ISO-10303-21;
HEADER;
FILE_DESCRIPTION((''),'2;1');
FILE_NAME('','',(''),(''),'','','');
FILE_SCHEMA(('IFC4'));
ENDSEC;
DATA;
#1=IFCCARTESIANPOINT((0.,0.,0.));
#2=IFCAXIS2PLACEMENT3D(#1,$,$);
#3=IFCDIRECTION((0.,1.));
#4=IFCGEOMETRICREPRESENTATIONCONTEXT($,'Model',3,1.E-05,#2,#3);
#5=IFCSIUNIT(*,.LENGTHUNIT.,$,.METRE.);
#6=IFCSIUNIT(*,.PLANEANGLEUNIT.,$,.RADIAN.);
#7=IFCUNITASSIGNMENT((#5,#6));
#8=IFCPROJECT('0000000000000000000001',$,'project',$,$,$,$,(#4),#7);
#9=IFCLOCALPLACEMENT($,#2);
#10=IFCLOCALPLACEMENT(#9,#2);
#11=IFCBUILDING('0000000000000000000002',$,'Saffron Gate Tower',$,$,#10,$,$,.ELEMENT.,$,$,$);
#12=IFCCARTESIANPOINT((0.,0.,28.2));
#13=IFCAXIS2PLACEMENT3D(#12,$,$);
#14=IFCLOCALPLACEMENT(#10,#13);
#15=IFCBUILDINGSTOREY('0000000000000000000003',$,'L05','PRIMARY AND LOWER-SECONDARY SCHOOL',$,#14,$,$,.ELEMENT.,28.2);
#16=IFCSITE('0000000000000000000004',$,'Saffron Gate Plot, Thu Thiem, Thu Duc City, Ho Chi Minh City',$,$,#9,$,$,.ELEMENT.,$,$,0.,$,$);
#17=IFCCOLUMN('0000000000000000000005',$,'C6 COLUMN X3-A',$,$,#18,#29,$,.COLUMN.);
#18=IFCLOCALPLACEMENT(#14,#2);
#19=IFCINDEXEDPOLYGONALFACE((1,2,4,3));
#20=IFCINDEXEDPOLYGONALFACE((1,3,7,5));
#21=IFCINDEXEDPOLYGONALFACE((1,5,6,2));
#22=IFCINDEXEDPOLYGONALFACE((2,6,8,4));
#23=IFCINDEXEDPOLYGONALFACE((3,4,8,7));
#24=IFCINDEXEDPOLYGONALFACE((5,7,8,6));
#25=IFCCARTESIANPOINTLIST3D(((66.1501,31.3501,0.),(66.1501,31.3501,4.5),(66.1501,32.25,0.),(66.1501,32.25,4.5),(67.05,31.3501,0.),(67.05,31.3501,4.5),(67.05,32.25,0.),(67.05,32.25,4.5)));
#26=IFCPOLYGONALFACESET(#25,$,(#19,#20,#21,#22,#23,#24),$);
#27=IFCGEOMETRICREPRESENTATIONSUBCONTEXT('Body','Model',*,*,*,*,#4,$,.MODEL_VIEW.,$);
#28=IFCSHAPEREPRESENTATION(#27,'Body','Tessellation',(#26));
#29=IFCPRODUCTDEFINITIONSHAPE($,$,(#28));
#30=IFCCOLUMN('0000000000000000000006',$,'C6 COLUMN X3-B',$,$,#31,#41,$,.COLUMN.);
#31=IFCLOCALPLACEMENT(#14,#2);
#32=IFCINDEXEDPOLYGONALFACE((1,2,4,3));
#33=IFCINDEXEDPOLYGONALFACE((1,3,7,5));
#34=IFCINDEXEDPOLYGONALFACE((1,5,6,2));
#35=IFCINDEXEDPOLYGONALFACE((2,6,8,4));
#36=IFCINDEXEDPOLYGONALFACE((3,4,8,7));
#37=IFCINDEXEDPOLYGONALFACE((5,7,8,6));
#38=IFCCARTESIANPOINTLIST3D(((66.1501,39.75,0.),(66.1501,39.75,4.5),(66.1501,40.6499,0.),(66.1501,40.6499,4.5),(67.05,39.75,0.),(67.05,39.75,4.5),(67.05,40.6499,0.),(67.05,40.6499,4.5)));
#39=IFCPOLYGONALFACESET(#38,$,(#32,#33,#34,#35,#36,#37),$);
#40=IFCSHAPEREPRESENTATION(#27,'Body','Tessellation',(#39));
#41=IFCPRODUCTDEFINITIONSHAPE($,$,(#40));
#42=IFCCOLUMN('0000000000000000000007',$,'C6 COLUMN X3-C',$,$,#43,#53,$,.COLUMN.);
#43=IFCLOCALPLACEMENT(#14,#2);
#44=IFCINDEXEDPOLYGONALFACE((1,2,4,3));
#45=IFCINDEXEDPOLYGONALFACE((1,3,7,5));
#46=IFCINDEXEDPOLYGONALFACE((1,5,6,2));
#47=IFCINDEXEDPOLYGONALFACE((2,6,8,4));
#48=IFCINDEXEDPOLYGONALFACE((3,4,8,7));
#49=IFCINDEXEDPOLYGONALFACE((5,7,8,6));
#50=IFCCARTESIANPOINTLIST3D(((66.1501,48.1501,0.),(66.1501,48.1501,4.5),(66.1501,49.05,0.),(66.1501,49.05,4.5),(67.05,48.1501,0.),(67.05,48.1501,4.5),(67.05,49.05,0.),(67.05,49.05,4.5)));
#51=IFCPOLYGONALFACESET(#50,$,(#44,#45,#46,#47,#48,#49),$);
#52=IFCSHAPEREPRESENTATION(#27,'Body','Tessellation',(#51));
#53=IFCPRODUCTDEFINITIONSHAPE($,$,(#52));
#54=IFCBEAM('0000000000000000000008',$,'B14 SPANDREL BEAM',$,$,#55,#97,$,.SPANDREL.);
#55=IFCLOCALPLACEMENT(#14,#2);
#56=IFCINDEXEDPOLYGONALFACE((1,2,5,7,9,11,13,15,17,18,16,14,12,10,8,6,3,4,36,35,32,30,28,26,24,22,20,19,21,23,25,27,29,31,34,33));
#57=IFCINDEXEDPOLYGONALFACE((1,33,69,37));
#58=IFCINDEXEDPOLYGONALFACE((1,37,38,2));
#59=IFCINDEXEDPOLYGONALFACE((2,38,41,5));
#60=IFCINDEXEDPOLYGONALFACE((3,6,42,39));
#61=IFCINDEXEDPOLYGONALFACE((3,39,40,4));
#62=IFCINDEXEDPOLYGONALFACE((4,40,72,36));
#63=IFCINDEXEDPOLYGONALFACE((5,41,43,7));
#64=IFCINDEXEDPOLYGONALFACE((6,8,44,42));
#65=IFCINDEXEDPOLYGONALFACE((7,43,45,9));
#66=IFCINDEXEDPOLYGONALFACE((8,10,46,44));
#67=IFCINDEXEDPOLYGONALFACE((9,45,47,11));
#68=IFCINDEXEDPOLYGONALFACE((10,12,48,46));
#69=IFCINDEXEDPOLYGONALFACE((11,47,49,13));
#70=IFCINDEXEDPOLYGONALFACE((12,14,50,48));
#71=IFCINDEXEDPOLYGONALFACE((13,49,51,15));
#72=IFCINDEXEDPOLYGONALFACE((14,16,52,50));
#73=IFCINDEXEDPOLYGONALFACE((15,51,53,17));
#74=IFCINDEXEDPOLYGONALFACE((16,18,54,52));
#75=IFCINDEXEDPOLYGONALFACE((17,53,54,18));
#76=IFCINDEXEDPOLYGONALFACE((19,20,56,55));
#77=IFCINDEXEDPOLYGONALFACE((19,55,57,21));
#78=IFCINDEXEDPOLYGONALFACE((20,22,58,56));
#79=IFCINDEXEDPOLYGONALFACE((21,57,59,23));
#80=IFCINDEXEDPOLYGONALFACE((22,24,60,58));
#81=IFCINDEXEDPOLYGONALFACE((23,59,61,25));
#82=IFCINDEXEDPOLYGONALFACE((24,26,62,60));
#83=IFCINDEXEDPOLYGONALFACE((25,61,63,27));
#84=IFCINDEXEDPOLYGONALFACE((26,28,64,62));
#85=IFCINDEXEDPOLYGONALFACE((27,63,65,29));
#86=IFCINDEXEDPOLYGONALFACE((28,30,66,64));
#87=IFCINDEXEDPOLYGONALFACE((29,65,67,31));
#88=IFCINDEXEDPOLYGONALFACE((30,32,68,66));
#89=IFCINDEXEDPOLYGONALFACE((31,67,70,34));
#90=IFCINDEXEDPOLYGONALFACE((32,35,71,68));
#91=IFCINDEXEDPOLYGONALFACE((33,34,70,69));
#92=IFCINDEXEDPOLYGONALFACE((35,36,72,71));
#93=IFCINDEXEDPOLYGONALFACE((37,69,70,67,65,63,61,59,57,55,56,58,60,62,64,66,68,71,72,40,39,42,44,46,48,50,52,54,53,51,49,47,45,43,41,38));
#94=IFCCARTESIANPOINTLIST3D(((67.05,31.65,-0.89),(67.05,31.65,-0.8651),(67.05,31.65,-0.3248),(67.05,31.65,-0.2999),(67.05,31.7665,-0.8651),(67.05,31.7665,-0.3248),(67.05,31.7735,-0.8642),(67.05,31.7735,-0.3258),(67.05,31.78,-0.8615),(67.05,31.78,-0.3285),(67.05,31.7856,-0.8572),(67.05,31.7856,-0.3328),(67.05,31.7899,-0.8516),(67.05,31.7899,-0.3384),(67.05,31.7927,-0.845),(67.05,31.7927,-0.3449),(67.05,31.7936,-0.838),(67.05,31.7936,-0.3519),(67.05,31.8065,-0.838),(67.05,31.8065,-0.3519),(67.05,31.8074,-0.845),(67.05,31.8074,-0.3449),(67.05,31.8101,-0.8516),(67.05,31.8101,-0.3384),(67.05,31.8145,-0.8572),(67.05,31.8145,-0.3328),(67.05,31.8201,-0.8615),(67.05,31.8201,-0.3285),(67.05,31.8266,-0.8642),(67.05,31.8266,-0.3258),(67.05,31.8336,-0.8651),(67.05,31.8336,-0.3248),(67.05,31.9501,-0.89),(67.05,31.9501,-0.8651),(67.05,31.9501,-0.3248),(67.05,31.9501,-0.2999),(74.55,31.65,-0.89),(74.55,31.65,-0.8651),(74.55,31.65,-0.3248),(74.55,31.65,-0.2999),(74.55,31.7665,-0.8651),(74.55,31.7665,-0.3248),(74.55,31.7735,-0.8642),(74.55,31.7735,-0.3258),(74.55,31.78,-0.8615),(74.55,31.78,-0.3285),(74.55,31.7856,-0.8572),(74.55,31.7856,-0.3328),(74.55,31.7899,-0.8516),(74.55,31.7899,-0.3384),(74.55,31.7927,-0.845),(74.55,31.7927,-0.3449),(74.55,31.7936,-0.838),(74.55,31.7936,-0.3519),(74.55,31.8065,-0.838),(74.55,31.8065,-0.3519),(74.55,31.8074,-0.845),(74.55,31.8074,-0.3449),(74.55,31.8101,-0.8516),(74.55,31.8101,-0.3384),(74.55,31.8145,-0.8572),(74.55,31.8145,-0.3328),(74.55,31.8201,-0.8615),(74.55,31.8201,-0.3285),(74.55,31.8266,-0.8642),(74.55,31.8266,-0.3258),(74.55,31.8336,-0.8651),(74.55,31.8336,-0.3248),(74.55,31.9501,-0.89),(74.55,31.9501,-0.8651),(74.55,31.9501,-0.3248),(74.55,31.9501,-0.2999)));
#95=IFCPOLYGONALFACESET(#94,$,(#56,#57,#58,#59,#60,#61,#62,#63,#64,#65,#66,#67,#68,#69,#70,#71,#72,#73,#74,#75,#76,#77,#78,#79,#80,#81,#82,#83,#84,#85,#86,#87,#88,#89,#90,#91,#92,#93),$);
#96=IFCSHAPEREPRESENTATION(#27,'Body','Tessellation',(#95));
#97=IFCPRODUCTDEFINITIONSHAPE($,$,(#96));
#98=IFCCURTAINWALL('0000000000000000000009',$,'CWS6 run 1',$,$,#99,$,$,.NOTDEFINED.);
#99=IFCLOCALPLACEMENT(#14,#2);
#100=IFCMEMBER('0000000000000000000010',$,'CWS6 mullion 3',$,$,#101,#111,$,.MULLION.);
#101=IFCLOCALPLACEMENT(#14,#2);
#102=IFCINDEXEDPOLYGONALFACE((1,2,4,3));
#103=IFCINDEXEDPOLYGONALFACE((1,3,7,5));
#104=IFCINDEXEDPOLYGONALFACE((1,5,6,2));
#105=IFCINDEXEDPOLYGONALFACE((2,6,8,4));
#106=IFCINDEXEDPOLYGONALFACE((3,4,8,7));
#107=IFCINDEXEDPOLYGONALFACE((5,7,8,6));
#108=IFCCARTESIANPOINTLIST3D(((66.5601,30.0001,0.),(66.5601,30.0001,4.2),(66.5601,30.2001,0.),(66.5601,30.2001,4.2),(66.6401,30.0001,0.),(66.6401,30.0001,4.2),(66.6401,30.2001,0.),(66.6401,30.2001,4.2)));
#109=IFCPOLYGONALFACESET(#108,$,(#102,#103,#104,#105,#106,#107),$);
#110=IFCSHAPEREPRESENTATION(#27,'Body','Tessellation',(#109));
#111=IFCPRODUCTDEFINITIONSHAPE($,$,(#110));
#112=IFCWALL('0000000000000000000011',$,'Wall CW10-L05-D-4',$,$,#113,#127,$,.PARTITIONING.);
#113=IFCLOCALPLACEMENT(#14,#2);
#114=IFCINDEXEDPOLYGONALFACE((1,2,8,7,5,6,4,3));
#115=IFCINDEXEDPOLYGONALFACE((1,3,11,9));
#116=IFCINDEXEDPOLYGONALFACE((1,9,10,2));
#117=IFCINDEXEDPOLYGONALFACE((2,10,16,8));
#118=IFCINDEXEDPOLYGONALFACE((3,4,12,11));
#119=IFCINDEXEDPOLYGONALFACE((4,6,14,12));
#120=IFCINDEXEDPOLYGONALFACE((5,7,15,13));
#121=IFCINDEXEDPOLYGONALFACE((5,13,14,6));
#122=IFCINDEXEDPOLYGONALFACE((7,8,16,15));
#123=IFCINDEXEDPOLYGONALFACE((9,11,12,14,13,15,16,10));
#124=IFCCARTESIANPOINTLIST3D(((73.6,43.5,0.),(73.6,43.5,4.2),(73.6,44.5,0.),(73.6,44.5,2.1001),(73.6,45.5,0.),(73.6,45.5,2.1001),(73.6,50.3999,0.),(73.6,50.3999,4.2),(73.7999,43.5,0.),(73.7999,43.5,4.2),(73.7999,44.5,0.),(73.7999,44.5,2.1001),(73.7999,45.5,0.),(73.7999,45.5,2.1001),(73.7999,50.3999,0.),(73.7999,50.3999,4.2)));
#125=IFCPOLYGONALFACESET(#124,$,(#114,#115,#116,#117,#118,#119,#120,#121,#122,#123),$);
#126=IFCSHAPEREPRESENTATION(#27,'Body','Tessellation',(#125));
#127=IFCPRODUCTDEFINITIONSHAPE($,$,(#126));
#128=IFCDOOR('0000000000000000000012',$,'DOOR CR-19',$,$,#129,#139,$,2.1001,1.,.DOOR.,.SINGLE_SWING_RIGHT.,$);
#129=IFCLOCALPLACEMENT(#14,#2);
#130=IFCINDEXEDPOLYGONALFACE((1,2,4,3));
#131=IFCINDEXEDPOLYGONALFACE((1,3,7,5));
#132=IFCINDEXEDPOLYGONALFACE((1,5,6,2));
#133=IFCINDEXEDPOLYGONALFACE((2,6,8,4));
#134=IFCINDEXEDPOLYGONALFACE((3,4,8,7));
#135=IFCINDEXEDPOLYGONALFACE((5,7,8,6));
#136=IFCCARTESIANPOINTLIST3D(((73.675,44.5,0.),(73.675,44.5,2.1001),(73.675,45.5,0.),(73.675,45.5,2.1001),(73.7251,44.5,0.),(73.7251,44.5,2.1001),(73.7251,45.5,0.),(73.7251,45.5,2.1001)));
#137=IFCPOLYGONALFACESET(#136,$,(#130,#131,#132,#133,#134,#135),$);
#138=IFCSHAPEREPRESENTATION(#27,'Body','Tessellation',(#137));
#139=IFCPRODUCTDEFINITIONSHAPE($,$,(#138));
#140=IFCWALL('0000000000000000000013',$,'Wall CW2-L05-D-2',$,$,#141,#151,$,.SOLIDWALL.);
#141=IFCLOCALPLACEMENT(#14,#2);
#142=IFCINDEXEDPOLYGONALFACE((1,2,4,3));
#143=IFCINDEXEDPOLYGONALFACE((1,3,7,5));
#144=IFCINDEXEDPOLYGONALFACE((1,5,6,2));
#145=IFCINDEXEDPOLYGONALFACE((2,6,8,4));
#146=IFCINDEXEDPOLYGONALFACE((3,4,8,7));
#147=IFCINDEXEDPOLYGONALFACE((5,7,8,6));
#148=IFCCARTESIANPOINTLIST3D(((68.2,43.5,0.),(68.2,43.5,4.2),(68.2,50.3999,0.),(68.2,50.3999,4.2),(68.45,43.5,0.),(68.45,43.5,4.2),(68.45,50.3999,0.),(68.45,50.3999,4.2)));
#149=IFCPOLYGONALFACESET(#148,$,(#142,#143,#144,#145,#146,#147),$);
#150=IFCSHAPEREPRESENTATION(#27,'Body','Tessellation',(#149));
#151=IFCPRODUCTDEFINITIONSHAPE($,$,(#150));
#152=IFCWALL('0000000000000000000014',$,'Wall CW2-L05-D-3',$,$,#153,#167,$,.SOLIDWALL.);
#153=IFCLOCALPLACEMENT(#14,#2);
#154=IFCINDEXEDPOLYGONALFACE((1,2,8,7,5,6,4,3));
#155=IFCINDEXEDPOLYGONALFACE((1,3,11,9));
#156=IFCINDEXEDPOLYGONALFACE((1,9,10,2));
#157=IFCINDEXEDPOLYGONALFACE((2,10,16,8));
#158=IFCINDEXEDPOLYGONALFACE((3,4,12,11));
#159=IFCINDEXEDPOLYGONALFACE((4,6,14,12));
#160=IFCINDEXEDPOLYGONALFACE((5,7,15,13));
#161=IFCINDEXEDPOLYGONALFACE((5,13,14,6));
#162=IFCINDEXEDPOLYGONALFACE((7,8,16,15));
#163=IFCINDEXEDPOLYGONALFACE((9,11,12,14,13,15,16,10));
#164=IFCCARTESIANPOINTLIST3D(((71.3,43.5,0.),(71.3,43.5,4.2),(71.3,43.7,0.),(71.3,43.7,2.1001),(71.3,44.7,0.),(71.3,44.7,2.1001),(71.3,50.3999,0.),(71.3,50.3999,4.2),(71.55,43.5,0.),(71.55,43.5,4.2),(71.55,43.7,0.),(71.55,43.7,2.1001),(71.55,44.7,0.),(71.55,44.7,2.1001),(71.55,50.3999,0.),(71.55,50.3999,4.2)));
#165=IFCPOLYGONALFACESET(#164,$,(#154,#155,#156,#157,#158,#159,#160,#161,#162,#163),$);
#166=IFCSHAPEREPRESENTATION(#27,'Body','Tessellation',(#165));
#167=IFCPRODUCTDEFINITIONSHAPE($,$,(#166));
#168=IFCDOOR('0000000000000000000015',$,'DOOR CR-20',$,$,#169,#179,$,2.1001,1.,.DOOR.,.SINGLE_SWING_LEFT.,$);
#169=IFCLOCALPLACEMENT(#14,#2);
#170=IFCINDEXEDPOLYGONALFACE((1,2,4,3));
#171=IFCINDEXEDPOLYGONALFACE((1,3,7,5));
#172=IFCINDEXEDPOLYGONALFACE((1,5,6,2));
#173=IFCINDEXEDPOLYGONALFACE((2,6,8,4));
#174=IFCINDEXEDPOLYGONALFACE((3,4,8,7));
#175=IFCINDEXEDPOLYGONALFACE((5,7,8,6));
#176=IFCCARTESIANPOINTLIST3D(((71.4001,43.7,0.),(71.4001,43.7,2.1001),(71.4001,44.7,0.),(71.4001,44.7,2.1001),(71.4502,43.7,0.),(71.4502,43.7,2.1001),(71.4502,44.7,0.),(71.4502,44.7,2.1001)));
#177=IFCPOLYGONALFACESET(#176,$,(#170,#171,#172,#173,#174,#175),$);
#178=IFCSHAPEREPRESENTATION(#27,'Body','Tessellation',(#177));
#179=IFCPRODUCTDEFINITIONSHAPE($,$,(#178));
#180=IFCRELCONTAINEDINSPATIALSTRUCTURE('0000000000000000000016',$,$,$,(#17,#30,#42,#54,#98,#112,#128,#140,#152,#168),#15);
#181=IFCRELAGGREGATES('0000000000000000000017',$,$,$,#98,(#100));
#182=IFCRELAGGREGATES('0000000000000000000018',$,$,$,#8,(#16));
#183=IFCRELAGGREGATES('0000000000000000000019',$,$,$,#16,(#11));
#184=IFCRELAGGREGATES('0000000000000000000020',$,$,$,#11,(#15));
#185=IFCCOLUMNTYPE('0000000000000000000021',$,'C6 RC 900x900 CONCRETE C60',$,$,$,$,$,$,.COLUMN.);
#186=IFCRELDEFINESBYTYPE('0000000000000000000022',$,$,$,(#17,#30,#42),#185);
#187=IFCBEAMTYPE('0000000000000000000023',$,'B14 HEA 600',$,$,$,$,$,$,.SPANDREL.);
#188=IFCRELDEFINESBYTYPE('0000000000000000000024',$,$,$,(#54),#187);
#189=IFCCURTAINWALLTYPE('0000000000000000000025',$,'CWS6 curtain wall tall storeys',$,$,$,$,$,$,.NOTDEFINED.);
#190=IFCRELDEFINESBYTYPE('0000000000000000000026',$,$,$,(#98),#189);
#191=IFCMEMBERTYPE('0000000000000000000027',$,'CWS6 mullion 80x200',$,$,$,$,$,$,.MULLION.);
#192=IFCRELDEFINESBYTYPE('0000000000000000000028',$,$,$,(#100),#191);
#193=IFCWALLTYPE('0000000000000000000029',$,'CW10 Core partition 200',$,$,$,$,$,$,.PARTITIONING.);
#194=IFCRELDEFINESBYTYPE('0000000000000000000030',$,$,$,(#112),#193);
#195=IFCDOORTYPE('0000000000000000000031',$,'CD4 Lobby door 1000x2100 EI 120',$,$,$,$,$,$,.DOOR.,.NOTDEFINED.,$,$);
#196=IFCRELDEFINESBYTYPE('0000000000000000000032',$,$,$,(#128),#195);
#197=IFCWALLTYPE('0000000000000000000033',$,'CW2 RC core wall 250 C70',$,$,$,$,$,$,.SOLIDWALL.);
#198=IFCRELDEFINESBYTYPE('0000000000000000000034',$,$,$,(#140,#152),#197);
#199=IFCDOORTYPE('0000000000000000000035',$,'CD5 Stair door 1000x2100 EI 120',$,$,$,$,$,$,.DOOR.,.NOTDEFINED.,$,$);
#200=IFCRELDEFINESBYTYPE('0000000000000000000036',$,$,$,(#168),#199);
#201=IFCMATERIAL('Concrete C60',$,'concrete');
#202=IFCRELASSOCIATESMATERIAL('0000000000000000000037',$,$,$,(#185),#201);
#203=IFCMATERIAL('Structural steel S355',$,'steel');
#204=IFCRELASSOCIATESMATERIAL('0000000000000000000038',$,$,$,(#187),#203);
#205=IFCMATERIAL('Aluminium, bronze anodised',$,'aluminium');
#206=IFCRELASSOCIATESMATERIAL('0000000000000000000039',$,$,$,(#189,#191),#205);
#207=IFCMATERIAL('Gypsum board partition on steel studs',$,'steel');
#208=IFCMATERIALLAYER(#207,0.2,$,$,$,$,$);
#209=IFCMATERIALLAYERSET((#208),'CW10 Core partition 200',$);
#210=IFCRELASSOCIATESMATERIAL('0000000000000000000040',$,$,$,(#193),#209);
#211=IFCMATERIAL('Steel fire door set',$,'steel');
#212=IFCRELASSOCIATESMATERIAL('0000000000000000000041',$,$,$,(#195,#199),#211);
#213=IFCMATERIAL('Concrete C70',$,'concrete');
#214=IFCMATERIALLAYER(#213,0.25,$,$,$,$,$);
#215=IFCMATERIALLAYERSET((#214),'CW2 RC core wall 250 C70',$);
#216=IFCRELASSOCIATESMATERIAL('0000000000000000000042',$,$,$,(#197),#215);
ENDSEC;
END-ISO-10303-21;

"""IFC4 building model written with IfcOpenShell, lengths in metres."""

from ifc_helpers import new_model, si_unit, direction, frame, frame_2d, origin, origin_2d, place, context, subcontext, project, spatial, rectangle, i_section, extrude, material, layer, layer_set, material_profile, profile_set, type_object, element, fill, aggregate, save


model = new_model("IFC4")

# Units and contexts
model_context = context("Model", 3, precision=1e-05, world=origin(), true_north=direction((0.0, 1.0)))
body_context = subcontext(model_context, "Body", "Model", "MODEL_VIEW")
ifc_project = project(units=[si_unit("LENGTHUNIT", "METRE"), si_unit("PLANEANGLEUNIT", "RADIAN")], contexts=[model_context])

# Site, building, storey
site_placement = place(None, origin())
site = spatial("IfcSite", under=ifc_project, at=site_placement, Name="Saffron Gate Plot, Thu Thiem, Thu Duc City, Ho Chi Minh City", CompositionType="ELEMENT", RefElevation=0.0)
building_placement = place(site_placement, origin())
building = spatial("IfcBuilding", under=site, at=building_placement, Name="Saffron Gate Tower", CompositionType="ELEMENT")
storey_placement = place(building_placement, frame((0.0, 0.0, 28.2)))
storey = spatial("IfcBuildingStorey", under=building, at=storey_placement, Name="L05", Description="PRIMARY AND LOWER-SECONDARY SCHOOL", CompositionType="ELEMENT", Elevation=28.2)

# Columns
ifc_material_1 = material(Name="Concrete C60", Category="concrete")
ifc_material_profile_1 = material_profile(ifc_material_1, rectangle(XDim=0.8999, YDim=0.8999, at=origin_2d()))
ifc_profile_set_1 = profile_set([ifc_material_profile_1], Name="Concrete C60")
column_type = type_object("IfcColumnType", Name="C6 RC 900x900 CONCRETE C60", PredefinedType="COLUMN", material=ifc_profile_set_1)
for number, where, z_axis, x_axis, name in (
    (1, (66.6001, 31.8, 0.0), (0.0, 0.0, 1.0), (1.0, 0.0, 0.0), "C6 COLUMN X3-A"),
    (2, (66.6001, 40.2, 0.0), (0.0, 0.0, 1.0), (1.0, 0.0, 0.0), "C6 COLUMN X3-B"),
    (3, (66.6001, 48.6001, 0.0), (0.0, 0.0, 1.0), (1.0, 0.0, 0.0), "C6 COLUMN X3-C"),
):
    element("IfcColumn", number, at=place(storey_placement, frame(where, z_axis=z_axis, x_axis=x_axis)), inside=storey, type_object=column_type, Name=name, PredefinedType="COLUMN", context=body_context, shape_type="SweptSolid", body=[
        extrude(rectangle(XDim=0.8999, YDim=0.8999, at=origin_2d()), origin(), (0.0, 0.0, 1.0), 4.5),
    ])

# Beam
ifc_material_2 = material(Name="Structural steel S355", Category="steel")
ifc_material_profile_2 = material_profile(ifc_material_2, i_section(OverallWidth=0.3, OverallDepth=0.5901, WebThickness=0.0129, FlangeThickness=0.0249, FilletRadius=0.0271, at=origin_2d()))
ifc_profile_set_2 = profile_set([ifc_material_profile_2], Name="Structural steel S355")
beam_type = type_object("IfcBeamType", Name="B14 HEA 600", PredefinedType="SPANDREL", material=ifc_profile_set_2)
beam_placement = place(storey_placement, frame((67.05, 31.8, -0.595), z_axis=(1.0, 0.0, 0.0), x_axis=(0.0, 1.0, 0.0)))
element("IfcBeam", 4, at=beam_placement, inside=storey, type_object=beam_type, Name="B14 SPANDREL BEAM", PredefinedType="SPANDREL", context=body_context, shape_type="SweptSolid", body=[
    extrude(i_section(OverallWidth=0.3, OverallDepth=0.5901, WebThickness=0.0129, FlangeThickness=0.0249, FilletRadius=0.0271, at=origin_2d()), origin(), (0.0, 0.0, 1.0), 7.5),
])

# Curtain wall, member
ifc_material_3 = material(Name="Aluminium, bronze anodised", Category="aluminium")
curtain_wall_type = type_object("IfcCurtainWallType", Name="CWS6 curtain wall tall storeys", PredefinedType="NOTDEFINED", material=ifc_material_3)
curtain_wall_placement = place(storey_placement, origin())
curtain_wall = element("IfcCurtainWall", 5, at=curtain_wall_placement, inside=storey, type_object=curtain_wall_type, Name="CWS6 run 1", PredefinedType="NOTDEFINED")
ifc_material_profile_3 = material_profile(ifc_material_3, rectangle(XDim=0.2, YDim=0.0801, at=origin_2d()))
ifc_profile_set_3 = profile_set([ifc_material_profile_3], Name="Aluminium, bronze anodised")
member_type = type_object("IfcMemberType", Name="CWS6 mullion 80x200", PredefinedType="MULLION", material=ifc_profile_set_3)
member_placement = place(storey_placement, frame((66.6001, 30.1001, 0.0), z_axis=(0.0, 0.0, 1.0), x_axis=(0.0, 1.0, 0.0)))
member = element("IfcMember", 6, at=member_placement, type_object=member_type, Name="CWS6 mullion 3", PredefinedType="MULLION", context=body_context, shape_type="SweptSolid", body=[
    extrude(rectangle(XDim=0.2, YDim=0.0801, at=origin_2d()), origin(), (0.0, 0.0, 1.0), 4.2),
])
aggregate(curtain_wall, [member])

# Wall, opening, door
ifc_material_4 = material(Name="Gypsum board partition on steel studs", Category="steel")
ifc_layer_1 = layer(ifc_material_4, 0.2)
ifc_layer_set_1 = layer_set([ifc_layer_1], Name="CW10 Core partition 200")
wall_type_1 = type_object("IfcWallType", Name="CW10 Core partition 200", PredefinedType="PARTITIONING", material=ifc_layer_set_1)
wall_1_placement = place(storey_placement, frame((73.7, 43.5, 0.0), z_axis=(0.0, 0.0, 1.0), x_axis=(0.0, 1.0, 0.0)))
wall_1 = element("IfcWall", 7, at=wall_1_placement, inside=storey, type_object=wall_type_1, Name="Wall CW10-L05-D-4", PredefinedType="PARTITIONING", context=body_context, shape_type="SweptSolid", body=[
    extrude(rectangle(XDim=6.8999, YDim=0.2, at=frame_2d((3.45, 0.0))), origin(), (0.0, 0.0, 1.0), 4.2),
])
opening_1_placement = place(wall_1_placement, frame((1.0, 0.0, 0.0)))
opening_1 = element("IfcOpeningElement", 8, at=opening_1_placement, cuts=wall_1, PredefinedType="OPENING", context=body_context, shape_type="SweptSolid", body=[
    extrude(rectangle(XDim=1.0, YDim=2.1001, at=frame_2d((0.5, 1.05))), frame((0.0, 0.1099, 0.0), z_axis=(0.0, -1.0, 0.0), x_axis=(1.0, 0.0, 0.0)), (0.0, 0.0, 1.0), 0.22),
])
ifc_material_5 = material(Name="Steel fire door set", Category="steel")
door_type_1 = type_object("IfcDoorType", Name="CD4 Lobby door 1000x2100 EI 120", OperationType="NOTDEFINED", PredefinedType="DOOR", material=ifc_material_5)
door_1_placement = place(opening_1_placement, origin())
door_1 = element("IfcDoor", 9, at=door_1_placement, inside=storey, type_object=door_type_1, Name="DOOR CR-19", OperationType="SINGLE_SWING_RIGHT", OverallHeight=2.1001, OverallWidth=1.0, PredefinedType="DOOR", context=body_context, shape_type="SweptSolid", body=[
    extrude(rectangle(XDim=1.0, YDim=2.1001, at=frame_2d((0.5, 1.05))), frame((0.0, 0.0249, 0.0), z_axis=(0.0, -1.0, 0.0), x_axis=(1.0, 0.0, 0.0)), (0.0, 0.0, 1.0), 0.05),
])
fill(opening_1, door_1)

# Wall
ifc_material_6 = material(Name="Concrete C70", Category="concrete")
ifc_layer_2 = layer(ifc_material_6, 0.25)
ifc_layer_set_2 = layer_set([ifc_layer_2], Name="CW2 RC core wall 250 C70")
wall_type_2 = type_object("IfcWallType", Name="CW2 RC core wall 250 C70", PredefinedType="SOLIDWALL", material=ifc_layer_set_2)
wall_2_placement = place(storey_placement, frame((68.325, 43.5, 0.0), z_axis=(0.0, 0.0, 1.0), x_axis=(0.0, 1.0, 0.0)))
element("IfcWall", 10, at=wall_2_placement, inside=storey, type_object=wall_type_2, Name="Wall CW2-L05-D-2", PredefinedType="SOLIDWALL", context=body_context, shape_type="SweptSolid", body=[
    extrude(rectangle(XDim=6.8999, YDim=0.25, at=frame_2d((3.45, 0.0))), origin(), (0.0, 0.0, 1.0), 4.2),
])

# Wall, opening, door
wall_3_placement = place(storey_placement, frame((71.425, 43.5, 0.0), z_axis=(0.0, 0.0, 1.0), x_axis=(0.0, 1.0, 0.0)))
wall_3 = element("IfcWall", 11, at=wall_3_placement, inside=storey, type_object=wall_type_2, Name="Wall CW2-L05-D-3", PredefinedType="SOLIDWALL", context=body_context, shape_type="SweptSolid", body=[
    extrude(rectangle(XDim=6.8999, YDim=0.25, at=frame_2d((3.45, 0.0))), origin(), (0.0, 0.0, 1.0), 4.2),
])
opening_2_placement = place(wall_3_placement, frame((0.2, 0.0, 0.0)))
opening_2 = element("IfcOpeningElement", 12, at=opening_2_placement, cuts=wall_3, PredefinedType="OPENING", context=body_context, shape_type="SweptSolid", body=[
    extrude(rectangle(XDim=1.0, YDim=2.1001, at=frame_2d((0.5, 1.05))), frame((0.0, 0.135, 0.0), z_axis=(0.0, -1.0, 0.0), x_axis=(1.0, 0.0, 0.0)), (0.0, 0.0, 1.0), 0.27),
])
door_type_2 = type_object("IfcDoorType", Name="CD5 Stair door 1000x2100 EI 120", OperationType="NOTDEFINED", PredefinedType="DOOR", material=ifc_material_5)
door_2_placement = place(opening_2_placement, origin())
door_2 = element("IfcDoor", 13, at=door_2_placement, inside=storey, type_object=door_type_2, Name="DOOR CR-20", OperationType="SINGLE_SWING_LEFT", OverallHeight=2.1001, OverallWidth=1.0, PredefinedType="DOOR", context=body_context, shape_type="SweptSolid", body=[
    extrude(rectangle(XDim=1.0, YDim=2.1001, at=frame_2d((0.5, 1.05))), frame((0.0, 0.0249, 0.0), z_axis=(0.0, -1.0, 0.0), x_axis=(1.0, 0.0, 0.0)), (0.0, 0.0, 1.0), 0.05),
])
fill(opening_2, door_2)

save(model, "model.ifc")
